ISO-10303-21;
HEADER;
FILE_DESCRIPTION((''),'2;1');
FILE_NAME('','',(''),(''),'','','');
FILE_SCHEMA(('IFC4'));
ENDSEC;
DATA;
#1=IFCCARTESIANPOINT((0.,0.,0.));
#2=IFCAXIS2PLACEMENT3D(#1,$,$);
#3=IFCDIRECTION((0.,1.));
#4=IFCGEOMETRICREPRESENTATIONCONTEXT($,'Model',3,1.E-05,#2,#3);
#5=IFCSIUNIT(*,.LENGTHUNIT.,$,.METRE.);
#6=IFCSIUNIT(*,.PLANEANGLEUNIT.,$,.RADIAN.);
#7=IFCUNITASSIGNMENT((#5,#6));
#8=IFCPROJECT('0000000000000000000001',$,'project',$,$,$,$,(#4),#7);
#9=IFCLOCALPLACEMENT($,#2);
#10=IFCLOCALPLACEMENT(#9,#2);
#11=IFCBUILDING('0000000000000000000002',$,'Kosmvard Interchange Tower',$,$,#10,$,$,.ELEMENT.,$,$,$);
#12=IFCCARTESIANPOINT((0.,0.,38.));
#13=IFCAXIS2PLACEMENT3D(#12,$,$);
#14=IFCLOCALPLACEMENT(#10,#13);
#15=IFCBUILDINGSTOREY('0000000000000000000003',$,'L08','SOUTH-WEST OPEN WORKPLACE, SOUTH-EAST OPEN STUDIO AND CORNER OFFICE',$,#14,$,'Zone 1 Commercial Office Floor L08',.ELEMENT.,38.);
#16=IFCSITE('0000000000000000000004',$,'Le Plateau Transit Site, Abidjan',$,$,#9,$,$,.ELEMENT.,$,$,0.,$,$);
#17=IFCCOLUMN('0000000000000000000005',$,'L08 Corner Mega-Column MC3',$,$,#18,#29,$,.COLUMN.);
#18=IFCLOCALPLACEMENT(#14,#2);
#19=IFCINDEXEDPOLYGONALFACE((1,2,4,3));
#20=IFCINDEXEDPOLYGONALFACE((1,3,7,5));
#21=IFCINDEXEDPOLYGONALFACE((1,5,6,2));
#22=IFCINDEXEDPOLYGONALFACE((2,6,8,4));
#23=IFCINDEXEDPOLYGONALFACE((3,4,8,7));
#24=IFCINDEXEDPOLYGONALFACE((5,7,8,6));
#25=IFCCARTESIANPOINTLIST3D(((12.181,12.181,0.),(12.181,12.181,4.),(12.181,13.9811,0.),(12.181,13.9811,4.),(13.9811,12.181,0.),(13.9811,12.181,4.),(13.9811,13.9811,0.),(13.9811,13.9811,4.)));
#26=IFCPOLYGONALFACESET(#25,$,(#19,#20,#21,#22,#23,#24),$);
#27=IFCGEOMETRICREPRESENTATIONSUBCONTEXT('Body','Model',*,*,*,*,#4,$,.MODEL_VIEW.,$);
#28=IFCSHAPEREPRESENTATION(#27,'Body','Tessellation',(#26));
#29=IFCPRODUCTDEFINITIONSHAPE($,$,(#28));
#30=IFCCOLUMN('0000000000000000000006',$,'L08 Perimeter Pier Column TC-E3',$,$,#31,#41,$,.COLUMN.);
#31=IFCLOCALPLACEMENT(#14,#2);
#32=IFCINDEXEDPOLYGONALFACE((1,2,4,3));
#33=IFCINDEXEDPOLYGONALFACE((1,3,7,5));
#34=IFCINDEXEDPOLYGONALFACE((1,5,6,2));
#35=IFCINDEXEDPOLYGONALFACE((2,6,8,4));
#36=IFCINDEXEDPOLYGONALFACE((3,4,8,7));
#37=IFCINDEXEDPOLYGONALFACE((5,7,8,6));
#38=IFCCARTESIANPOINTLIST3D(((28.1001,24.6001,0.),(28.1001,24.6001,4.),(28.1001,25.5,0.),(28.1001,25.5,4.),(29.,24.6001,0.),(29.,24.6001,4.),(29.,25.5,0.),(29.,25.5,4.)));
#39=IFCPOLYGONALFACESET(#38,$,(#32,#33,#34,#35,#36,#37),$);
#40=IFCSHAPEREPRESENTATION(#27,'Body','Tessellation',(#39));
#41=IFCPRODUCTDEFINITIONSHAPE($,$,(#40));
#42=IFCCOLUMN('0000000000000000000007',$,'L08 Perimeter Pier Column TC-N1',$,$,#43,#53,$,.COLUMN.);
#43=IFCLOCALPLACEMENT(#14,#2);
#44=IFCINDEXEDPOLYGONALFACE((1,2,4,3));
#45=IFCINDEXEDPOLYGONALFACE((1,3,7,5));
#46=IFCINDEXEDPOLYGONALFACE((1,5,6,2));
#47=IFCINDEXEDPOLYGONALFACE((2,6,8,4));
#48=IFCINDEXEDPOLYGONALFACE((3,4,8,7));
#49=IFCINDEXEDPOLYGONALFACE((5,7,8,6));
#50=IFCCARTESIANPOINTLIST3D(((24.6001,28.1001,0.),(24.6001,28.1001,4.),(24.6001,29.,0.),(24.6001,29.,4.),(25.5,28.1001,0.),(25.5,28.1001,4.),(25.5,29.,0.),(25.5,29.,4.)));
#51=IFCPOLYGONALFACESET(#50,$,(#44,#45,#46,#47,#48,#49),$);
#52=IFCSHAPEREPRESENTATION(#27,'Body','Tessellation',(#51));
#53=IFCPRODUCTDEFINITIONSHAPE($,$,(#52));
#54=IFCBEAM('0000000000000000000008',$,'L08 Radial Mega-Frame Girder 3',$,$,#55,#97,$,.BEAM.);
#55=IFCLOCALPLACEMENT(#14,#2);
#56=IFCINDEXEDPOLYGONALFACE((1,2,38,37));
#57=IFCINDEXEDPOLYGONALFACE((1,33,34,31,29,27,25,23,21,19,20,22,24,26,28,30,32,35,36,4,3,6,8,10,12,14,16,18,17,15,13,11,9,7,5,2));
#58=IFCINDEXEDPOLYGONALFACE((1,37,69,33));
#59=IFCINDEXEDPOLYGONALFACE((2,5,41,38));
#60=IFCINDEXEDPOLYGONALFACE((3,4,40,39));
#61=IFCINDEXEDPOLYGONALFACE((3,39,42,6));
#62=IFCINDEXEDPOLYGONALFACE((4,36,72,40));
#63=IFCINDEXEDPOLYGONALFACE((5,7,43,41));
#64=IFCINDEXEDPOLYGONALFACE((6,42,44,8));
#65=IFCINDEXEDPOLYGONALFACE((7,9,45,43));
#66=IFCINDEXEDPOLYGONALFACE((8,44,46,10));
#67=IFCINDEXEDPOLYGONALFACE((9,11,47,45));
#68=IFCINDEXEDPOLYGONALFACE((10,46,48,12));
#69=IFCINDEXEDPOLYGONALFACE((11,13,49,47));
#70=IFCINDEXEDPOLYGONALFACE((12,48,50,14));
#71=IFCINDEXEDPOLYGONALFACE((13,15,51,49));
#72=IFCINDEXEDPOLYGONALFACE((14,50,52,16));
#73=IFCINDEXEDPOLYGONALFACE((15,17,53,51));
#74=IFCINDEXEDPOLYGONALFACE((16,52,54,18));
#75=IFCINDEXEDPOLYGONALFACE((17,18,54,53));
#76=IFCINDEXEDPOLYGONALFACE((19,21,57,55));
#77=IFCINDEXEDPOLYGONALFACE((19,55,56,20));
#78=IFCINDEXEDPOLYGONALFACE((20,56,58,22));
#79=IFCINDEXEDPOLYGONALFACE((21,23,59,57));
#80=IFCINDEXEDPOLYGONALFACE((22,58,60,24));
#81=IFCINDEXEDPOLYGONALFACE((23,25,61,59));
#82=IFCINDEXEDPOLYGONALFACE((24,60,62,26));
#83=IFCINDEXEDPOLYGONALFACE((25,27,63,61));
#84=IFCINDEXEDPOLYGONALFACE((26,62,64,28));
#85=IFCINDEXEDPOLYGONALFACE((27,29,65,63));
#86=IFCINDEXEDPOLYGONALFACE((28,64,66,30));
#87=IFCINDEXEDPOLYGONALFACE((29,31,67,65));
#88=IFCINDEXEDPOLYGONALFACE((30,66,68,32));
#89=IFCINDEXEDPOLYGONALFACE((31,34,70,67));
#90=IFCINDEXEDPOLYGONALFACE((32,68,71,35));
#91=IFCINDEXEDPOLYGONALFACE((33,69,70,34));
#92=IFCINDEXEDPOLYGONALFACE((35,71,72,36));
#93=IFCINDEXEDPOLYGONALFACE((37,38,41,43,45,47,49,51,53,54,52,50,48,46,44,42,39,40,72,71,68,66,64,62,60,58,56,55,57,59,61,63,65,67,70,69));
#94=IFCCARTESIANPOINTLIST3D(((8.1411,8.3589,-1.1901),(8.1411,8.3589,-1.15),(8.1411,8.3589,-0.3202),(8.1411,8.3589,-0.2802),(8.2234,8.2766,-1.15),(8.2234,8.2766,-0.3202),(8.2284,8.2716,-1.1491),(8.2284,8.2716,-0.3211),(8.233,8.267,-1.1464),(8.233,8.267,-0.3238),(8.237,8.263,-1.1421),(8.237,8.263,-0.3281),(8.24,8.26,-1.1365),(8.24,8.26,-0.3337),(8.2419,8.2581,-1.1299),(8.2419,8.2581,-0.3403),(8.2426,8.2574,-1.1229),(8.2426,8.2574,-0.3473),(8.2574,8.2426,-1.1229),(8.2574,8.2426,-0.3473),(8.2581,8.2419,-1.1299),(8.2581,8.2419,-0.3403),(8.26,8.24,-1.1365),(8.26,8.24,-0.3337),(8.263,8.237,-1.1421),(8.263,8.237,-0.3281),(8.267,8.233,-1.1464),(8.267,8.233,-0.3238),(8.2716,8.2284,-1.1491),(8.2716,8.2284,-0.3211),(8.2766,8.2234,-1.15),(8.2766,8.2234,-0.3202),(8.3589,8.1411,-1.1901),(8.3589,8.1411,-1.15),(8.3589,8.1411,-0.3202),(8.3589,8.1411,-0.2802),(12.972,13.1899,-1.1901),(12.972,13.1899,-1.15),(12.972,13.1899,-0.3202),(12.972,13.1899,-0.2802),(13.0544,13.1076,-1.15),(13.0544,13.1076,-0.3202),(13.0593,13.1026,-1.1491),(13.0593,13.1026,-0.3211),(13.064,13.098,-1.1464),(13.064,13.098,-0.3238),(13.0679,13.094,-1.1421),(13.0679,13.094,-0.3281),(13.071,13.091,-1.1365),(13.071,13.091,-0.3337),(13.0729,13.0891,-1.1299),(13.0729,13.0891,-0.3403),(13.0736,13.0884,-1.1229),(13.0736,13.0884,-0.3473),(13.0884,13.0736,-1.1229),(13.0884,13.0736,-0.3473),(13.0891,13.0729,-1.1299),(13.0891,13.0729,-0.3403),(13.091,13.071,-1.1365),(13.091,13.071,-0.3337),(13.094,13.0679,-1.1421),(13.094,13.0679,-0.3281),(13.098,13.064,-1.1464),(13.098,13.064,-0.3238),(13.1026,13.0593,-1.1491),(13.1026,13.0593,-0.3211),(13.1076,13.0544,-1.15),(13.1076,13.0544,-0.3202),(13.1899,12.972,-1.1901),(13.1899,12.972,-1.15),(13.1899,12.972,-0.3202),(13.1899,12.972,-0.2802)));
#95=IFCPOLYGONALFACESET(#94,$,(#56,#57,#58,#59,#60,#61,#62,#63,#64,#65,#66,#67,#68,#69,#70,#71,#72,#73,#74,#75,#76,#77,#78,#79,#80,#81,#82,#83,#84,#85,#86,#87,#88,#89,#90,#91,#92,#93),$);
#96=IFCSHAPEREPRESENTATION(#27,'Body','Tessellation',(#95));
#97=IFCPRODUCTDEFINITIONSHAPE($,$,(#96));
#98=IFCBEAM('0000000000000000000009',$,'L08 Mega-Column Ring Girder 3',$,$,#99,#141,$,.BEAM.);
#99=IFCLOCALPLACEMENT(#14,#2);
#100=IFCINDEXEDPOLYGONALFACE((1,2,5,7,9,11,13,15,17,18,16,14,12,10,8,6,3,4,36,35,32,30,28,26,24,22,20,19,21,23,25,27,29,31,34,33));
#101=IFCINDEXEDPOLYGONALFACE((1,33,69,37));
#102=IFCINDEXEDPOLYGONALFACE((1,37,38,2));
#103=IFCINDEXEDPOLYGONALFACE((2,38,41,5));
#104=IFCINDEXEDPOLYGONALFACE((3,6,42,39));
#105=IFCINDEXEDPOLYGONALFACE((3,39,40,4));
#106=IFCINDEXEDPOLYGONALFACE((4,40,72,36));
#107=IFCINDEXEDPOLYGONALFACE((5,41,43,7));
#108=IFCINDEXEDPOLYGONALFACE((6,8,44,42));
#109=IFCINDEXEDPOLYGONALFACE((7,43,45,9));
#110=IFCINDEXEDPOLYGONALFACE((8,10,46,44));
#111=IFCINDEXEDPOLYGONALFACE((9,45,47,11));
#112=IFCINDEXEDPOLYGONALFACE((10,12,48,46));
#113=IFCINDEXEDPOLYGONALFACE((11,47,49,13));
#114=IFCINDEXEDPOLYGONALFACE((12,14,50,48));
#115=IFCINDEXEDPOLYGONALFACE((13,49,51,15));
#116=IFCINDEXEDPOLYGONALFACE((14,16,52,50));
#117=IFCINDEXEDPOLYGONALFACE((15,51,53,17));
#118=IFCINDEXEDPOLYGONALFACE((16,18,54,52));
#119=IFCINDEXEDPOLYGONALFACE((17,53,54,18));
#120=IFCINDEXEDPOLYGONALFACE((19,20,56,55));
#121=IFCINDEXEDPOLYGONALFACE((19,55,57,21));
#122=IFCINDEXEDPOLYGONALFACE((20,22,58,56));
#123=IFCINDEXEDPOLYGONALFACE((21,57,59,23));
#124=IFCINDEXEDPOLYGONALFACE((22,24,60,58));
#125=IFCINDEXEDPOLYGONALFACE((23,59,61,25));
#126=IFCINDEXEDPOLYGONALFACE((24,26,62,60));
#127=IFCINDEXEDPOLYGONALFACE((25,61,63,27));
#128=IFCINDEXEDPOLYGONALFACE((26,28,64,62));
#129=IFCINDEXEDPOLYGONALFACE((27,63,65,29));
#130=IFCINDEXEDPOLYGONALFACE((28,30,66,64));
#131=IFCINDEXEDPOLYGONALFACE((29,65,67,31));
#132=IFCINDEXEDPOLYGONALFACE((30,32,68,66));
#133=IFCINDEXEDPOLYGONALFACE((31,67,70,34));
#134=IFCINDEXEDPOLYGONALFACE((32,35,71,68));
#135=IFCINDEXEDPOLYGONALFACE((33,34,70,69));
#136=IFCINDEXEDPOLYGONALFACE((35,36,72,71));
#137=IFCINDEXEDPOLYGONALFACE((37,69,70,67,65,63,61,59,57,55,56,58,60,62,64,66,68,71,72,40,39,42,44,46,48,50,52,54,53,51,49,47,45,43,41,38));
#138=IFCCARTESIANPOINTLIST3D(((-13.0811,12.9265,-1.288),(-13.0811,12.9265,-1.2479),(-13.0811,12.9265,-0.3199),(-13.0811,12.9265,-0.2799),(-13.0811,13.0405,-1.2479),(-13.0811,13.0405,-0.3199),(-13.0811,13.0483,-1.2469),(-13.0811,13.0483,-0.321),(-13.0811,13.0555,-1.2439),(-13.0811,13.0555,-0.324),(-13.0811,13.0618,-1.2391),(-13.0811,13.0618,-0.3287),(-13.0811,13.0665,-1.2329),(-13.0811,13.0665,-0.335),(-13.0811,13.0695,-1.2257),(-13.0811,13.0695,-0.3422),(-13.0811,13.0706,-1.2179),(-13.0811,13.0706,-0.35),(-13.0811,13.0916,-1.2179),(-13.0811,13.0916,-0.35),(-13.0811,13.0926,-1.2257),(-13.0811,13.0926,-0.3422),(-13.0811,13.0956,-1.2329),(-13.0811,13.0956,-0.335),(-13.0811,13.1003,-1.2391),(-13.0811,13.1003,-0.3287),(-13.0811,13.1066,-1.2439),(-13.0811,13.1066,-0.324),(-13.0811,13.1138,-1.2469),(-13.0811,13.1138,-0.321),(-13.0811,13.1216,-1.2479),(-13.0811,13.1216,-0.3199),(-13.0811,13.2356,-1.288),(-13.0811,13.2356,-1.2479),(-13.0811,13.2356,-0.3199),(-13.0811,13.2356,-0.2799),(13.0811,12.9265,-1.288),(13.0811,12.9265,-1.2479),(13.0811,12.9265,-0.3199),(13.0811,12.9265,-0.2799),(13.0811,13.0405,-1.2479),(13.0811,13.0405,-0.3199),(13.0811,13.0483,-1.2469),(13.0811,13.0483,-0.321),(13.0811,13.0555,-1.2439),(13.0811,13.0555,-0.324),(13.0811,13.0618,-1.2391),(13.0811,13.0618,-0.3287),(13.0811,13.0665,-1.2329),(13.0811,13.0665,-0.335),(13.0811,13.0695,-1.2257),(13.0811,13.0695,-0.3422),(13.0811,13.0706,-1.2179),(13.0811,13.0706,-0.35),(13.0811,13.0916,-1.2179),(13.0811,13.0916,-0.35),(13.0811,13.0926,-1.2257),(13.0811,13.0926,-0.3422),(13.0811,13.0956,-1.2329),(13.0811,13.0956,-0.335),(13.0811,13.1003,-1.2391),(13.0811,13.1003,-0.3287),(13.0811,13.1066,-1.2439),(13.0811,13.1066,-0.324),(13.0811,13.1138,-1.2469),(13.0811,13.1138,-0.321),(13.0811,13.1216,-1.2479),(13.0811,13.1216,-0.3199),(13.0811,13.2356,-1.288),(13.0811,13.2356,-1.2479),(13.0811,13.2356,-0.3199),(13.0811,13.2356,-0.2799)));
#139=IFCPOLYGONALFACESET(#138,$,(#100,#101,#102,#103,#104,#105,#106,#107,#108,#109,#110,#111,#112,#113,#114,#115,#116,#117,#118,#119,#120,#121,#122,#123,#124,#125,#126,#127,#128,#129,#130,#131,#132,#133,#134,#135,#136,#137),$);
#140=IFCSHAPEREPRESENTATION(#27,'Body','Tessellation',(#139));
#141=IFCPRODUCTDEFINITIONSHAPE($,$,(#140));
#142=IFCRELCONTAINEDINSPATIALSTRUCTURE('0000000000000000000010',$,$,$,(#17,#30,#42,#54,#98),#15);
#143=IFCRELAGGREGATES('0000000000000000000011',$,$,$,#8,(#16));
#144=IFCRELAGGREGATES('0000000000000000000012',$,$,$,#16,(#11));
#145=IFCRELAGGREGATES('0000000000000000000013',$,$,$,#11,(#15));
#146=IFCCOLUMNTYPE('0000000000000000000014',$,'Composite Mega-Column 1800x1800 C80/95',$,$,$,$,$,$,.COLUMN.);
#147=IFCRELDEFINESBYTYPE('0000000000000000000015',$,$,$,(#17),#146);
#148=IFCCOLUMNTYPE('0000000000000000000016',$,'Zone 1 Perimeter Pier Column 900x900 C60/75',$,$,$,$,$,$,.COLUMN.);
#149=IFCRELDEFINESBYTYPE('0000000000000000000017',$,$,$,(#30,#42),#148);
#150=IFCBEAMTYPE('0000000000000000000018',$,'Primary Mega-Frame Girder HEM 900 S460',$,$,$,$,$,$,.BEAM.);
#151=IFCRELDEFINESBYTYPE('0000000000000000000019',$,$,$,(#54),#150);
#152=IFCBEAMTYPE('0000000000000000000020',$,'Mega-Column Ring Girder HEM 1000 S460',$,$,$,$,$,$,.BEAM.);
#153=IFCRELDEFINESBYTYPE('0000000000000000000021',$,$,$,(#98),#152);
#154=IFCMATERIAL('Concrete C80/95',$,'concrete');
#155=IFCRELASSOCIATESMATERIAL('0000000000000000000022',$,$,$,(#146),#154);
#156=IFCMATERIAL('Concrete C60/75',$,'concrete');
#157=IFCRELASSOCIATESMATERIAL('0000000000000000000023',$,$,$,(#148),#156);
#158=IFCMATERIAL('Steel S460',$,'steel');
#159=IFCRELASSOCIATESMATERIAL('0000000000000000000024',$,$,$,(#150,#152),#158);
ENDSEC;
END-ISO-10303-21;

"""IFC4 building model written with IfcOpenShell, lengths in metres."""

from ifc_helpers import new_model, si_unit, direction, frame, origin, origin_2d, place, context, subcontext, project, spatial, rectangle, i_section, extrude, source, transform, mapped, material, material_profile, profile_set, type_object, element, save


model = new_model("IFC4")

# Units and contexts
model_context = context("Model", 3, precision=1e-05, world=origin(), true_north=direction((0.0, 1.0)))
body_context = subcontext(model_context, "Body", "Model", "MODEL_VIEW")
ifc_project = project(units=[si_unit("LENGTHUNIT", "METRE"), si_unit("PLANEANGLEUNIT", "RADIAN")], contexts=[model_context])

# Site, building, storey
site_placement = place(None, origin())
site = spatial("IfcSite", under=ifc_project, at=site_placement, Name="Le Plateau Transit Site, Abidjan", CompositionType="ELEMENT", RefElevation=0.0)
building_placement = place(site_placement, origin())
building = spatial("IfcBuilding", under=site, at=building_placement, Name="Kosmvard Interchange Tower", CompositionType="ELEMENT")
storey_placement = place(building_placement, frame((0.0, 0.0, 38.0)))
storey = spatial("IfcBuildingStorey", under=building, at=storey_placement, Name="L08", Description="SOUTH-WEST OPEN WORKPLACE, SOUTH-EAST OPEN STUDIO AND CORNER OFFICE", LongName="Zone 1 Commercial Office Floor L08", CompositionType="ELEMENT", Elevation=38.0)

# Columns
ifc_material_1 = material(Name="Concrete C80/95", Category="concrete")
ifc_material_profile_1 = material_profile(ifc_material_1, rectangle(XDim=1.8, YDim=1.8, at=origin_2d()), Name="MC 1800x1800")
ifc_profile_set_1 = profile_set([ifc_material_profile_1], Name="Concrete C80/95")
column_type_1 = type_object("IfcColumnType", Name="Composite Mega-Column 1800x1800 C80/95", PredefinedType="COLUMN", material=ifc_profile_set_1)
shared_shape_1 = source(origin(), body_context, "Body", "SweptSolid", [
    extrude(rectangle(XDim=1.8, YDim=1.8, at=origin_2d()), origin(), (0.0, 0.0, 1.0), 4.0),
])
column_placement = place(storey_placement, frame((13.0811, 13.0811, 0.0), z_axis=(0.0, 0.0, 1.0), x_axis=(1.0, 0.0, 0.0)))
element("IfcColumn", 1, at=column_placement, inside=storey, type_object=column_type_1, Name="L08 Corner Mega-Column MC3", PredefinedType="COLUMN", context=body_context, shape_type="MappedRepresentation", body=[
    mapped(shared_shape_1, transform((0.0, 0.0, 0.0), scale=1.0)),
])
ifc_material_2 = material(Name="Concrete C60/75", Category="concrete")
ifc_material_profile_2 = material_profile(ifc_material_2, rectangle(XDim=0.8999, YDim=0.8999, at=origin_2d()), Name="TC 900x900")
ifc_profile_set_2 = profile_set([ifc_material_profile_2], Name="Concrete C60/75")
column_type_2 = type_object("IfcColumnType", Name="Zone 1 Perimeter Pier Column 900x900 C60/75", PredefinedType="COLUMN", material=ifc_profile_set_2)
shared_shape_2 = source(origin(), body_context, "Body", "SweptSolid", [
    extrude(rectangle(XDim=0.8999, YDim=0.8999, at=origin_2d()), origin(), (0.0, 0.0, 1.0), 4.0),
])
for number, where, z_axis, x_axis, name in (
    (2, (28.55, 25.05, 0.0), (0.0, 0.0, 1.0), (1.0, 0.0, 0.0), "L08 Perimeter Pier Column TC-E3"),
    (3, (25.05, 28.55, 0.0), (0.0, 0.0, 1.0), (1.0, 0.0, 0.0), "L08 Perimeter Pier Column TC-N1"),
):
    element("IfcColumn", number, at=place(storey_placement, frame(where, z_axis=z_axis, x_axis=x_axis)), inside=storey, type_object=column_type_2, Name=name, PredefinedType="COLUMN", context=body_context, shape_type="MappedRepresentation", body=[
        mapped(shared_shape_2, transform((0.0, 0.0, 0.0), scale=1.0)),
    ])

# Beams
ifc_material_3 = material(Name="Steel S460", Category="steel")
ifc_material_profile_3 = material_profile(ifc_material_3, i_section(OverallWidth=0.3081, OverallDepth=0.9099, WebThickness=0.021, FlangeThickness=0.04, FilletRadius=0.0271, at=origin_2d()), Name="HEM 900")
ifc_profile_set_3 = profile_set([ifc_material_profile_3], Name="Steel S460")
beam_type_1 = type_object("IfcBeamType", Name="Primary Mega-Frame Girder HEM 900 S460", PredefinedType="BEAM", material=ifc_profile_set_3)
shared_shape_3 = source(origin(), body_context, "Body", "SweptSolid", [
    extrude(i_section(OverallWidth=0.3081, OverallDepth=0.9099, WebThickness=0.021, FlangeThickness=0.04, FilletRadius=0.0271, at=origin_2d()), origin(), (0.0, 0.0, 1.0), 6.832),
])
beam_1_placement = place(storey_placement, frame((8.25, 8.25, -0.7351), z_axis=(0.707107, 0.707107, 0.0), x_axis=(-0.707107, 0.707107, 0.0)))
element("IfcBeam", 4, at=beam_1_placement, inside=storey, type_object=beam_type_1, Name="L08 Radial Mega-Frame Girder 3", PredefinedType="BEAM", context=body_context, shape_type="MappedRepresentation", body=[
    mapped(shared_shape_3, transform((0.0, 0.0, 0.0), scale=1.0)),
])
ifc_material_profile_4 = material_profile(ifc_material_3, i_section(OverallWidth=0.3091, OverallDepth=1.0081, WebThickness=0.021, FlangeThickness=0.04, FilletRadius=0.03, at=origin_2d()), Name="HEM 1000")
ifc_profile_set_4 = profile_set([ifc_material_profile_4], Name="Steel S460")
beam_type_2 = type_object("IfcBeamType", Name="Mega-Column Ring Girder HEM 1000 S460", PredefinedType="BEAM", material=ifc_profile_set_4)
shared_shape_4 = source(origin(), body_context, "Body", "SweptSolid", [
    extrude(i_section(OverallWidth=0.3091, OverallDepth=1.0081, WebThickness=0.021, FlangeThickness=0.04, FilletRadius=0.03, at=origin_2d()), origin(), (0.0, 0.0, 1.0), 26.1621),
])
beam_2_placement = place(storey_placement, frame((13.0811, 13.0811, -0.7839), z_axis=(-1.0, 0.0, 0.0), x_axis=(0.0, -1.0, 0.0)))
element("IfcBeam", 5, at=beam_2_placement, inside=storey, type_object=beam_type_2, Name="L08 Mega-Column Ring Girder 3", PredefinedType="BEAM", context=body_context, shape_type="MappedRepresentation", body=[
    mapped(shared_shape_4, transform((0.0, 0.0, 0.0), scale=1.0)),
])

save(model, "model.ifc")
